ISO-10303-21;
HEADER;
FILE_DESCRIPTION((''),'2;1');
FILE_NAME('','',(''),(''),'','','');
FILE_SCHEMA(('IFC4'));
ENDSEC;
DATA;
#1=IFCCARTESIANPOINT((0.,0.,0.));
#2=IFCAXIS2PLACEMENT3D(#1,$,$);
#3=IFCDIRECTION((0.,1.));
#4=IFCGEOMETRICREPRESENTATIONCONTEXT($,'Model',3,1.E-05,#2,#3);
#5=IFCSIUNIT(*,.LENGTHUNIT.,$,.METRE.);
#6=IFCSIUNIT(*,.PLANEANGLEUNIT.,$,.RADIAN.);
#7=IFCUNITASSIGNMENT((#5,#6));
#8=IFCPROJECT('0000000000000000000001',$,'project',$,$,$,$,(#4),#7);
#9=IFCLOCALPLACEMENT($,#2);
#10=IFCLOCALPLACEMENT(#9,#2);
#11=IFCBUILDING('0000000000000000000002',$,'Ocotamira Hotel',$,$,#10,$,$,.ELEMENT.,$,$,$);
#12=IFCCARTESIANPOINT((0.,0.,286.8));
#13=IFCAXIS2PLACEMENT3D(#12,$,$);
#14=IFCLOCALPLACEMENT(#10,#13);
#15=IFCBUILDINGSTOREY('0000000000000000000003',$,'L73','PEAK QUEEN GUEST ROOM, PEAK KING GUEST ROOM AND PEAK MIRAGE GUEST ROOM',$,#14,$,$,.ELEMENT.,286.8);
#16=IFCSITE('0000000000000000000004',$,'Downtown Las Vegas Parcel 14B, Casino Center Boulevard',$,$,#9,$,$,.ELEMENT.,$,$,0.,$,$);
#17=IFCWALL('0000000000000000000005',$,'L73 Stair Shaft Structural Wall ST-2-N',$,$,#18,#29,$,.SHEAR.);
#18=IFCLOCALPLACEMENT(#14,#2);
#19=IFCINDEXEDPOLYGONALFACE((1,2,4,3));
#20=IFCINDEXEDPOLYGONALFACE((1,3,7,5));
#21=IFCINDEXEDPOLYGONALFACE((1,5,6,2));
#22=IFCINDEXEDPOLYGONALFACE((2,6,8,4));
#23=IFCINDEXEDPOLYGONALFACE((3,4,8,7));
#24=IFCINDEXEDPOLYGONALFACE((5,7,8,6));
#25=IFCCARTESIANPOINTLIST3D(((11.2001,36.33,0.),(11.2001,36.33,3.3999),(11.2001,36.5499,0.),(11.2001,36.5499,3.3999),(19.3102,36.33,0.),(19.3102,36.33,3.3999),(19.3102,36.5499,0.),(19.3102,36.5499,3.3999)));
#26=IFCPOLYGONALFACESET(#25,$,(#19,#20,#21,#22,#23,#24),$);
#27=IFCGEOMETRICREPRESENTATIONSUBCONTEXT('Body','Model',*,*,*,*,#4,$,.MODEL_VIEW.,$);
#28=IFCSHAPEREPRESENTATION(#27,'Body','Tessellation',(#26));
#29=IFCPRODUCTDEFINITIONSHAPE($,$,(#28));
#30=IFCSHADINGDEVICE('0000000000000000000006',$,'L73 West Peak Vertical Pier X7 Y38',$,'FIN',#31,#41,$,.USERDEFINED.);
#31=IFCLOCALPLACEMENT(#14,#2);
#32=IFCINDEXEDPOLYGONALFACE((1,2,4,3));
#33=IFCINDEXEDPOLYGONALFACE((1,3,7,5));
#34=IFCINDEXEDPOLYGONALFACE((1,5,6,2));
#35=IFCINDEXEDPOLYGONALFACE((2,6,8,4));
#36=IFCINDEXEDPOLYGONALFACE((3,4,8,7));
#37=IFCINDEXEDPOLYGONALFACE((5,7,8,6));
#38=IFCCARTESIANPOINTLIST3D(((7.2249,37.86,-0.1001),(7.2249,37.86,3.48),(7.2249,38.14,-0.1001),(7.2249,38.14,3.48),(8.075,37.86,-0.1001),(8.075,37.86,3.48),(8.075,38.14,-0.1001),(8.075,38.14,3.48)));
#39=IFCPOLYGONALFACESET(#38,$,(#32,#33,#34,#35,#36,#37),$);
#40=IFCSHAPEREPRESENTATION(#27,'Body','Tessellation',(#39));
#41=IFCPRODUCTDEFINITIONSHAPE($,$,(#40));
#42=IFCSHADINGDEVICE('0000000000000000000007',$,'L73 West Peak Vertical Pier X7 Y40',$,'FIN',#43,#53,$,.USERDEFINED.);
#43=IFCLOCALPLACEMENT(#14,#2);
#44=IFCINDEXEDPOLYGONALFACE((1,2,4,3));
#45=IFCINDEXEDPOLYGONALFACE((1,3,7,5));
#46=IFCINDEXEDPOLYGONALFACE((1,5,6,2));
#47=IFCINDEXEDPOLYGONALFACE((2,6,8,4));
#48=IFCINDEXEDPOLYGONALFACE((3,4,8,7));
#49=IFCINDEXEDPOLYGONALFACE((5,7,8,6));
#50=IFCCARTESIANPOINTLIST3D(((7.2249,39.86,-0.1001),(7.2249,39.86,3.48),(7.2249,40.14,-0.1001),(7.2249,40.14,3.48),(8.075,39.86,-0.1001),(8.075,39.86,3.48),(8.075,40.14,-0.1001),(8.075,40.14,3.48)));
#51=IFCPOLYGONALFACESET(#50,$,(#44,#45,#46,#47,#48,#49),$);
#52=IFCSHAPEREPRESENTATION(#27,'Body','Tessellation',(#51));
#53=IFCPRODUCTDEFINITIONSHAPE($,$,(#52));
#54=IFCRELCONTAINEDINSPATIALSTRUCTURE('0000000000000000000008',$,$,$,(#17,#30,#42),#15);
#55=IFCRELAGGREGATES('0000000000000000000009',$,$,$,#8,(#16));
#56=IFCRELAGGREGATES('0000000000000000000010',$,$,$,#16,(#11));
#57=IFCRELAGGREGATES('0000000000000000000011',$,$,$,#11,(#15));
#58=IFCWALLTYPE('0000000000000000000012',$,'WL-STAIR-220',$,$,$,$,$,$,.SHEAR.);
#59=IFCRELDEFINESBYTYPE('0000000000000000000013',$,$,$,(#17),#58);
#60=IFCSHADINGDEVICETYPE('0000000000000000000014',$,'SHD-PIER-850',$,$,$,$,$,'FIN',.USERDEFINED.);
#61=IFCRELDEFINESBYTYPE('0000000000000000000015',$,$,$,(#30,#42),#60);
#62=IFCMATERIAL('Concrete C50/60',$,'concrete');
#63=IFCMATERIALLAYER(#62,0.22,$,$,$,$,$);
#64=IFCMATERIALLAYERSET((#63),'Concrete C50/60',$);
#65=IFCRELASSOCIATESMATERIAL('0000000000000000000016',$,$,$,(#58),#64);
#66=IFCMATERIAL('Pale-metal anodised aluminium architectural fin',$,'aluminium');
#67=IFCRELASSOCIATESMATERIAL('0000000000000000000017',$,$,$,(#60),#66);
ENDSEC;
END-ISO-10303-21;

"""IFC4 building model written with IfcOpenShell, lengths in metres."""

from ifc_helpers import new_model, si_unit, direction, frame, frame_2d, origin, origin_2d, place, context, subcontext, project, spatial, rectangle, extrude, source, transform, mapped, material, layer, layer_set, type_object, element, save


model = new_model("IFC4")

# Units and contexts
model_context = context("Model", 3, precision=1e-05, world=origin(), true_north=direction((0.0, 1.0)))
body_context = subcontext(model_context, "Body", "Model", "MODEL_VIEW")
ifc_project = project(units=[si_unit("LENGTHUNIT", "METRE"), si_unit("PLANEANGLEUNIT", "RADIAN")], contexts=[model_context])

# Site, building, storey
site_placement = place(None, origin())
site = spatial("IfcSite", under=ifc_project, at=site_placement, Name="Downtown Las Vegas Parcel 14B, Casino Center Boulevard", CompositionType="ELEMENT", RefElevation=0.0)
building_placement = place(site_placement, origin())
building = spatial("IfcBuilding", under=site, at=building_placement, Name="Ocotamira Hotel", CompositionType="ELEMENT")
storey_placement = place(building_placement, frame((0.0, 0.0, 286.8)))
storey = spatial("IfcBuildingStorey", under=building, at=storey_placement, Name="L73", Description="PEAK QUEEN GUEST ROOM, PEAK KING GUEST ROOM AND PEAK MIRAGE GUEST ROOM", CompositionType="ELEMENT", Elevation=286.8)

# Shared definitions
ifc_material_1 = material(Name="Concrete C50/60", Category="concrete")

# Wall
ifc_layer_1 = layer(ifc_material_1, 0.22)
ifc_layer_set_1 = layer_set([ifc_layer_1], Name="Concrete C50/60")
wall_type_1 = type_object("IfcWallType", Name="WL-STAIR-220", PredefinedType="SHEAR", material=ifc_layer_set_1)
wall_1_placement = place(storey_placement, frame((11.2, 36.4399, 0.0), z_axis=(0.0, 0.0, 1.0), x_axis=(1.0, 0.0, 0.0)))
element("IfcWall", 1, at=wall_1_placement, inside=storey, type_object=wall_type_1, Name="L73 Stair Shaft Structural Wall ST-2-N", PredefinedType="SHEAR", context=body_context, shape_type="SweptSolid", body=[
    extrude(rectangle(XDim=8.1101, YDim=0.22, at=frame_2d((4.0552, 0.0))), origin(), (0.0, 0.0, 1.0), 3.3999),
])

# Shading devices
ifc_material_2 = material(Name="Pale-metal anodised aluminium architectural fin", Category="aluminium")
shading_device_type = type_object("IfcShadingDeviceType", Name="SHD-PIER-850", ElementType="FIN", PredefinedType="USERDEFINED", material=ifc_material_2)
shared_shape_1 = source(origin(), body_context, "Body", "SweptSolid", [
    extrude(rectangle(XDim=0.8501, YDim=0.28, at=origin_2d()), origin(), (0.0, 0.0, 1.0), 3.5801),
])
for number, where, z_axis, x_axis, name in (
    (2, (7.6499, 38.0, -0.1001), (0.0, 0.0, 1.0), (1.0, 0.0, 0.0), "L73 West Peak Vertical Pier X7 Y38"),
    (3, (7.6499, 40.0, -0.1001), (0.0, 0.0, 1.0), (1.0, 0.0, 0.0), "L73 West Peak Vertical Pier X7 Y40"),
):
    element("IfcShadingDevice", number, at=place(storey_placement, frame(where, z_axis=z_axis, x_axis=x_axis)), inside=storey, type_object=shading_device_type, Name=name, ObjectType="FIN", PredefinedType="USERDEFINED", context=body_context, shape_type="MappedRepresentation", body=[
        mapped(shared_shape_1, transform((0.0, 0.0, 0.0), scale=1.0)),
    ])

save(model, "model.ifc")
